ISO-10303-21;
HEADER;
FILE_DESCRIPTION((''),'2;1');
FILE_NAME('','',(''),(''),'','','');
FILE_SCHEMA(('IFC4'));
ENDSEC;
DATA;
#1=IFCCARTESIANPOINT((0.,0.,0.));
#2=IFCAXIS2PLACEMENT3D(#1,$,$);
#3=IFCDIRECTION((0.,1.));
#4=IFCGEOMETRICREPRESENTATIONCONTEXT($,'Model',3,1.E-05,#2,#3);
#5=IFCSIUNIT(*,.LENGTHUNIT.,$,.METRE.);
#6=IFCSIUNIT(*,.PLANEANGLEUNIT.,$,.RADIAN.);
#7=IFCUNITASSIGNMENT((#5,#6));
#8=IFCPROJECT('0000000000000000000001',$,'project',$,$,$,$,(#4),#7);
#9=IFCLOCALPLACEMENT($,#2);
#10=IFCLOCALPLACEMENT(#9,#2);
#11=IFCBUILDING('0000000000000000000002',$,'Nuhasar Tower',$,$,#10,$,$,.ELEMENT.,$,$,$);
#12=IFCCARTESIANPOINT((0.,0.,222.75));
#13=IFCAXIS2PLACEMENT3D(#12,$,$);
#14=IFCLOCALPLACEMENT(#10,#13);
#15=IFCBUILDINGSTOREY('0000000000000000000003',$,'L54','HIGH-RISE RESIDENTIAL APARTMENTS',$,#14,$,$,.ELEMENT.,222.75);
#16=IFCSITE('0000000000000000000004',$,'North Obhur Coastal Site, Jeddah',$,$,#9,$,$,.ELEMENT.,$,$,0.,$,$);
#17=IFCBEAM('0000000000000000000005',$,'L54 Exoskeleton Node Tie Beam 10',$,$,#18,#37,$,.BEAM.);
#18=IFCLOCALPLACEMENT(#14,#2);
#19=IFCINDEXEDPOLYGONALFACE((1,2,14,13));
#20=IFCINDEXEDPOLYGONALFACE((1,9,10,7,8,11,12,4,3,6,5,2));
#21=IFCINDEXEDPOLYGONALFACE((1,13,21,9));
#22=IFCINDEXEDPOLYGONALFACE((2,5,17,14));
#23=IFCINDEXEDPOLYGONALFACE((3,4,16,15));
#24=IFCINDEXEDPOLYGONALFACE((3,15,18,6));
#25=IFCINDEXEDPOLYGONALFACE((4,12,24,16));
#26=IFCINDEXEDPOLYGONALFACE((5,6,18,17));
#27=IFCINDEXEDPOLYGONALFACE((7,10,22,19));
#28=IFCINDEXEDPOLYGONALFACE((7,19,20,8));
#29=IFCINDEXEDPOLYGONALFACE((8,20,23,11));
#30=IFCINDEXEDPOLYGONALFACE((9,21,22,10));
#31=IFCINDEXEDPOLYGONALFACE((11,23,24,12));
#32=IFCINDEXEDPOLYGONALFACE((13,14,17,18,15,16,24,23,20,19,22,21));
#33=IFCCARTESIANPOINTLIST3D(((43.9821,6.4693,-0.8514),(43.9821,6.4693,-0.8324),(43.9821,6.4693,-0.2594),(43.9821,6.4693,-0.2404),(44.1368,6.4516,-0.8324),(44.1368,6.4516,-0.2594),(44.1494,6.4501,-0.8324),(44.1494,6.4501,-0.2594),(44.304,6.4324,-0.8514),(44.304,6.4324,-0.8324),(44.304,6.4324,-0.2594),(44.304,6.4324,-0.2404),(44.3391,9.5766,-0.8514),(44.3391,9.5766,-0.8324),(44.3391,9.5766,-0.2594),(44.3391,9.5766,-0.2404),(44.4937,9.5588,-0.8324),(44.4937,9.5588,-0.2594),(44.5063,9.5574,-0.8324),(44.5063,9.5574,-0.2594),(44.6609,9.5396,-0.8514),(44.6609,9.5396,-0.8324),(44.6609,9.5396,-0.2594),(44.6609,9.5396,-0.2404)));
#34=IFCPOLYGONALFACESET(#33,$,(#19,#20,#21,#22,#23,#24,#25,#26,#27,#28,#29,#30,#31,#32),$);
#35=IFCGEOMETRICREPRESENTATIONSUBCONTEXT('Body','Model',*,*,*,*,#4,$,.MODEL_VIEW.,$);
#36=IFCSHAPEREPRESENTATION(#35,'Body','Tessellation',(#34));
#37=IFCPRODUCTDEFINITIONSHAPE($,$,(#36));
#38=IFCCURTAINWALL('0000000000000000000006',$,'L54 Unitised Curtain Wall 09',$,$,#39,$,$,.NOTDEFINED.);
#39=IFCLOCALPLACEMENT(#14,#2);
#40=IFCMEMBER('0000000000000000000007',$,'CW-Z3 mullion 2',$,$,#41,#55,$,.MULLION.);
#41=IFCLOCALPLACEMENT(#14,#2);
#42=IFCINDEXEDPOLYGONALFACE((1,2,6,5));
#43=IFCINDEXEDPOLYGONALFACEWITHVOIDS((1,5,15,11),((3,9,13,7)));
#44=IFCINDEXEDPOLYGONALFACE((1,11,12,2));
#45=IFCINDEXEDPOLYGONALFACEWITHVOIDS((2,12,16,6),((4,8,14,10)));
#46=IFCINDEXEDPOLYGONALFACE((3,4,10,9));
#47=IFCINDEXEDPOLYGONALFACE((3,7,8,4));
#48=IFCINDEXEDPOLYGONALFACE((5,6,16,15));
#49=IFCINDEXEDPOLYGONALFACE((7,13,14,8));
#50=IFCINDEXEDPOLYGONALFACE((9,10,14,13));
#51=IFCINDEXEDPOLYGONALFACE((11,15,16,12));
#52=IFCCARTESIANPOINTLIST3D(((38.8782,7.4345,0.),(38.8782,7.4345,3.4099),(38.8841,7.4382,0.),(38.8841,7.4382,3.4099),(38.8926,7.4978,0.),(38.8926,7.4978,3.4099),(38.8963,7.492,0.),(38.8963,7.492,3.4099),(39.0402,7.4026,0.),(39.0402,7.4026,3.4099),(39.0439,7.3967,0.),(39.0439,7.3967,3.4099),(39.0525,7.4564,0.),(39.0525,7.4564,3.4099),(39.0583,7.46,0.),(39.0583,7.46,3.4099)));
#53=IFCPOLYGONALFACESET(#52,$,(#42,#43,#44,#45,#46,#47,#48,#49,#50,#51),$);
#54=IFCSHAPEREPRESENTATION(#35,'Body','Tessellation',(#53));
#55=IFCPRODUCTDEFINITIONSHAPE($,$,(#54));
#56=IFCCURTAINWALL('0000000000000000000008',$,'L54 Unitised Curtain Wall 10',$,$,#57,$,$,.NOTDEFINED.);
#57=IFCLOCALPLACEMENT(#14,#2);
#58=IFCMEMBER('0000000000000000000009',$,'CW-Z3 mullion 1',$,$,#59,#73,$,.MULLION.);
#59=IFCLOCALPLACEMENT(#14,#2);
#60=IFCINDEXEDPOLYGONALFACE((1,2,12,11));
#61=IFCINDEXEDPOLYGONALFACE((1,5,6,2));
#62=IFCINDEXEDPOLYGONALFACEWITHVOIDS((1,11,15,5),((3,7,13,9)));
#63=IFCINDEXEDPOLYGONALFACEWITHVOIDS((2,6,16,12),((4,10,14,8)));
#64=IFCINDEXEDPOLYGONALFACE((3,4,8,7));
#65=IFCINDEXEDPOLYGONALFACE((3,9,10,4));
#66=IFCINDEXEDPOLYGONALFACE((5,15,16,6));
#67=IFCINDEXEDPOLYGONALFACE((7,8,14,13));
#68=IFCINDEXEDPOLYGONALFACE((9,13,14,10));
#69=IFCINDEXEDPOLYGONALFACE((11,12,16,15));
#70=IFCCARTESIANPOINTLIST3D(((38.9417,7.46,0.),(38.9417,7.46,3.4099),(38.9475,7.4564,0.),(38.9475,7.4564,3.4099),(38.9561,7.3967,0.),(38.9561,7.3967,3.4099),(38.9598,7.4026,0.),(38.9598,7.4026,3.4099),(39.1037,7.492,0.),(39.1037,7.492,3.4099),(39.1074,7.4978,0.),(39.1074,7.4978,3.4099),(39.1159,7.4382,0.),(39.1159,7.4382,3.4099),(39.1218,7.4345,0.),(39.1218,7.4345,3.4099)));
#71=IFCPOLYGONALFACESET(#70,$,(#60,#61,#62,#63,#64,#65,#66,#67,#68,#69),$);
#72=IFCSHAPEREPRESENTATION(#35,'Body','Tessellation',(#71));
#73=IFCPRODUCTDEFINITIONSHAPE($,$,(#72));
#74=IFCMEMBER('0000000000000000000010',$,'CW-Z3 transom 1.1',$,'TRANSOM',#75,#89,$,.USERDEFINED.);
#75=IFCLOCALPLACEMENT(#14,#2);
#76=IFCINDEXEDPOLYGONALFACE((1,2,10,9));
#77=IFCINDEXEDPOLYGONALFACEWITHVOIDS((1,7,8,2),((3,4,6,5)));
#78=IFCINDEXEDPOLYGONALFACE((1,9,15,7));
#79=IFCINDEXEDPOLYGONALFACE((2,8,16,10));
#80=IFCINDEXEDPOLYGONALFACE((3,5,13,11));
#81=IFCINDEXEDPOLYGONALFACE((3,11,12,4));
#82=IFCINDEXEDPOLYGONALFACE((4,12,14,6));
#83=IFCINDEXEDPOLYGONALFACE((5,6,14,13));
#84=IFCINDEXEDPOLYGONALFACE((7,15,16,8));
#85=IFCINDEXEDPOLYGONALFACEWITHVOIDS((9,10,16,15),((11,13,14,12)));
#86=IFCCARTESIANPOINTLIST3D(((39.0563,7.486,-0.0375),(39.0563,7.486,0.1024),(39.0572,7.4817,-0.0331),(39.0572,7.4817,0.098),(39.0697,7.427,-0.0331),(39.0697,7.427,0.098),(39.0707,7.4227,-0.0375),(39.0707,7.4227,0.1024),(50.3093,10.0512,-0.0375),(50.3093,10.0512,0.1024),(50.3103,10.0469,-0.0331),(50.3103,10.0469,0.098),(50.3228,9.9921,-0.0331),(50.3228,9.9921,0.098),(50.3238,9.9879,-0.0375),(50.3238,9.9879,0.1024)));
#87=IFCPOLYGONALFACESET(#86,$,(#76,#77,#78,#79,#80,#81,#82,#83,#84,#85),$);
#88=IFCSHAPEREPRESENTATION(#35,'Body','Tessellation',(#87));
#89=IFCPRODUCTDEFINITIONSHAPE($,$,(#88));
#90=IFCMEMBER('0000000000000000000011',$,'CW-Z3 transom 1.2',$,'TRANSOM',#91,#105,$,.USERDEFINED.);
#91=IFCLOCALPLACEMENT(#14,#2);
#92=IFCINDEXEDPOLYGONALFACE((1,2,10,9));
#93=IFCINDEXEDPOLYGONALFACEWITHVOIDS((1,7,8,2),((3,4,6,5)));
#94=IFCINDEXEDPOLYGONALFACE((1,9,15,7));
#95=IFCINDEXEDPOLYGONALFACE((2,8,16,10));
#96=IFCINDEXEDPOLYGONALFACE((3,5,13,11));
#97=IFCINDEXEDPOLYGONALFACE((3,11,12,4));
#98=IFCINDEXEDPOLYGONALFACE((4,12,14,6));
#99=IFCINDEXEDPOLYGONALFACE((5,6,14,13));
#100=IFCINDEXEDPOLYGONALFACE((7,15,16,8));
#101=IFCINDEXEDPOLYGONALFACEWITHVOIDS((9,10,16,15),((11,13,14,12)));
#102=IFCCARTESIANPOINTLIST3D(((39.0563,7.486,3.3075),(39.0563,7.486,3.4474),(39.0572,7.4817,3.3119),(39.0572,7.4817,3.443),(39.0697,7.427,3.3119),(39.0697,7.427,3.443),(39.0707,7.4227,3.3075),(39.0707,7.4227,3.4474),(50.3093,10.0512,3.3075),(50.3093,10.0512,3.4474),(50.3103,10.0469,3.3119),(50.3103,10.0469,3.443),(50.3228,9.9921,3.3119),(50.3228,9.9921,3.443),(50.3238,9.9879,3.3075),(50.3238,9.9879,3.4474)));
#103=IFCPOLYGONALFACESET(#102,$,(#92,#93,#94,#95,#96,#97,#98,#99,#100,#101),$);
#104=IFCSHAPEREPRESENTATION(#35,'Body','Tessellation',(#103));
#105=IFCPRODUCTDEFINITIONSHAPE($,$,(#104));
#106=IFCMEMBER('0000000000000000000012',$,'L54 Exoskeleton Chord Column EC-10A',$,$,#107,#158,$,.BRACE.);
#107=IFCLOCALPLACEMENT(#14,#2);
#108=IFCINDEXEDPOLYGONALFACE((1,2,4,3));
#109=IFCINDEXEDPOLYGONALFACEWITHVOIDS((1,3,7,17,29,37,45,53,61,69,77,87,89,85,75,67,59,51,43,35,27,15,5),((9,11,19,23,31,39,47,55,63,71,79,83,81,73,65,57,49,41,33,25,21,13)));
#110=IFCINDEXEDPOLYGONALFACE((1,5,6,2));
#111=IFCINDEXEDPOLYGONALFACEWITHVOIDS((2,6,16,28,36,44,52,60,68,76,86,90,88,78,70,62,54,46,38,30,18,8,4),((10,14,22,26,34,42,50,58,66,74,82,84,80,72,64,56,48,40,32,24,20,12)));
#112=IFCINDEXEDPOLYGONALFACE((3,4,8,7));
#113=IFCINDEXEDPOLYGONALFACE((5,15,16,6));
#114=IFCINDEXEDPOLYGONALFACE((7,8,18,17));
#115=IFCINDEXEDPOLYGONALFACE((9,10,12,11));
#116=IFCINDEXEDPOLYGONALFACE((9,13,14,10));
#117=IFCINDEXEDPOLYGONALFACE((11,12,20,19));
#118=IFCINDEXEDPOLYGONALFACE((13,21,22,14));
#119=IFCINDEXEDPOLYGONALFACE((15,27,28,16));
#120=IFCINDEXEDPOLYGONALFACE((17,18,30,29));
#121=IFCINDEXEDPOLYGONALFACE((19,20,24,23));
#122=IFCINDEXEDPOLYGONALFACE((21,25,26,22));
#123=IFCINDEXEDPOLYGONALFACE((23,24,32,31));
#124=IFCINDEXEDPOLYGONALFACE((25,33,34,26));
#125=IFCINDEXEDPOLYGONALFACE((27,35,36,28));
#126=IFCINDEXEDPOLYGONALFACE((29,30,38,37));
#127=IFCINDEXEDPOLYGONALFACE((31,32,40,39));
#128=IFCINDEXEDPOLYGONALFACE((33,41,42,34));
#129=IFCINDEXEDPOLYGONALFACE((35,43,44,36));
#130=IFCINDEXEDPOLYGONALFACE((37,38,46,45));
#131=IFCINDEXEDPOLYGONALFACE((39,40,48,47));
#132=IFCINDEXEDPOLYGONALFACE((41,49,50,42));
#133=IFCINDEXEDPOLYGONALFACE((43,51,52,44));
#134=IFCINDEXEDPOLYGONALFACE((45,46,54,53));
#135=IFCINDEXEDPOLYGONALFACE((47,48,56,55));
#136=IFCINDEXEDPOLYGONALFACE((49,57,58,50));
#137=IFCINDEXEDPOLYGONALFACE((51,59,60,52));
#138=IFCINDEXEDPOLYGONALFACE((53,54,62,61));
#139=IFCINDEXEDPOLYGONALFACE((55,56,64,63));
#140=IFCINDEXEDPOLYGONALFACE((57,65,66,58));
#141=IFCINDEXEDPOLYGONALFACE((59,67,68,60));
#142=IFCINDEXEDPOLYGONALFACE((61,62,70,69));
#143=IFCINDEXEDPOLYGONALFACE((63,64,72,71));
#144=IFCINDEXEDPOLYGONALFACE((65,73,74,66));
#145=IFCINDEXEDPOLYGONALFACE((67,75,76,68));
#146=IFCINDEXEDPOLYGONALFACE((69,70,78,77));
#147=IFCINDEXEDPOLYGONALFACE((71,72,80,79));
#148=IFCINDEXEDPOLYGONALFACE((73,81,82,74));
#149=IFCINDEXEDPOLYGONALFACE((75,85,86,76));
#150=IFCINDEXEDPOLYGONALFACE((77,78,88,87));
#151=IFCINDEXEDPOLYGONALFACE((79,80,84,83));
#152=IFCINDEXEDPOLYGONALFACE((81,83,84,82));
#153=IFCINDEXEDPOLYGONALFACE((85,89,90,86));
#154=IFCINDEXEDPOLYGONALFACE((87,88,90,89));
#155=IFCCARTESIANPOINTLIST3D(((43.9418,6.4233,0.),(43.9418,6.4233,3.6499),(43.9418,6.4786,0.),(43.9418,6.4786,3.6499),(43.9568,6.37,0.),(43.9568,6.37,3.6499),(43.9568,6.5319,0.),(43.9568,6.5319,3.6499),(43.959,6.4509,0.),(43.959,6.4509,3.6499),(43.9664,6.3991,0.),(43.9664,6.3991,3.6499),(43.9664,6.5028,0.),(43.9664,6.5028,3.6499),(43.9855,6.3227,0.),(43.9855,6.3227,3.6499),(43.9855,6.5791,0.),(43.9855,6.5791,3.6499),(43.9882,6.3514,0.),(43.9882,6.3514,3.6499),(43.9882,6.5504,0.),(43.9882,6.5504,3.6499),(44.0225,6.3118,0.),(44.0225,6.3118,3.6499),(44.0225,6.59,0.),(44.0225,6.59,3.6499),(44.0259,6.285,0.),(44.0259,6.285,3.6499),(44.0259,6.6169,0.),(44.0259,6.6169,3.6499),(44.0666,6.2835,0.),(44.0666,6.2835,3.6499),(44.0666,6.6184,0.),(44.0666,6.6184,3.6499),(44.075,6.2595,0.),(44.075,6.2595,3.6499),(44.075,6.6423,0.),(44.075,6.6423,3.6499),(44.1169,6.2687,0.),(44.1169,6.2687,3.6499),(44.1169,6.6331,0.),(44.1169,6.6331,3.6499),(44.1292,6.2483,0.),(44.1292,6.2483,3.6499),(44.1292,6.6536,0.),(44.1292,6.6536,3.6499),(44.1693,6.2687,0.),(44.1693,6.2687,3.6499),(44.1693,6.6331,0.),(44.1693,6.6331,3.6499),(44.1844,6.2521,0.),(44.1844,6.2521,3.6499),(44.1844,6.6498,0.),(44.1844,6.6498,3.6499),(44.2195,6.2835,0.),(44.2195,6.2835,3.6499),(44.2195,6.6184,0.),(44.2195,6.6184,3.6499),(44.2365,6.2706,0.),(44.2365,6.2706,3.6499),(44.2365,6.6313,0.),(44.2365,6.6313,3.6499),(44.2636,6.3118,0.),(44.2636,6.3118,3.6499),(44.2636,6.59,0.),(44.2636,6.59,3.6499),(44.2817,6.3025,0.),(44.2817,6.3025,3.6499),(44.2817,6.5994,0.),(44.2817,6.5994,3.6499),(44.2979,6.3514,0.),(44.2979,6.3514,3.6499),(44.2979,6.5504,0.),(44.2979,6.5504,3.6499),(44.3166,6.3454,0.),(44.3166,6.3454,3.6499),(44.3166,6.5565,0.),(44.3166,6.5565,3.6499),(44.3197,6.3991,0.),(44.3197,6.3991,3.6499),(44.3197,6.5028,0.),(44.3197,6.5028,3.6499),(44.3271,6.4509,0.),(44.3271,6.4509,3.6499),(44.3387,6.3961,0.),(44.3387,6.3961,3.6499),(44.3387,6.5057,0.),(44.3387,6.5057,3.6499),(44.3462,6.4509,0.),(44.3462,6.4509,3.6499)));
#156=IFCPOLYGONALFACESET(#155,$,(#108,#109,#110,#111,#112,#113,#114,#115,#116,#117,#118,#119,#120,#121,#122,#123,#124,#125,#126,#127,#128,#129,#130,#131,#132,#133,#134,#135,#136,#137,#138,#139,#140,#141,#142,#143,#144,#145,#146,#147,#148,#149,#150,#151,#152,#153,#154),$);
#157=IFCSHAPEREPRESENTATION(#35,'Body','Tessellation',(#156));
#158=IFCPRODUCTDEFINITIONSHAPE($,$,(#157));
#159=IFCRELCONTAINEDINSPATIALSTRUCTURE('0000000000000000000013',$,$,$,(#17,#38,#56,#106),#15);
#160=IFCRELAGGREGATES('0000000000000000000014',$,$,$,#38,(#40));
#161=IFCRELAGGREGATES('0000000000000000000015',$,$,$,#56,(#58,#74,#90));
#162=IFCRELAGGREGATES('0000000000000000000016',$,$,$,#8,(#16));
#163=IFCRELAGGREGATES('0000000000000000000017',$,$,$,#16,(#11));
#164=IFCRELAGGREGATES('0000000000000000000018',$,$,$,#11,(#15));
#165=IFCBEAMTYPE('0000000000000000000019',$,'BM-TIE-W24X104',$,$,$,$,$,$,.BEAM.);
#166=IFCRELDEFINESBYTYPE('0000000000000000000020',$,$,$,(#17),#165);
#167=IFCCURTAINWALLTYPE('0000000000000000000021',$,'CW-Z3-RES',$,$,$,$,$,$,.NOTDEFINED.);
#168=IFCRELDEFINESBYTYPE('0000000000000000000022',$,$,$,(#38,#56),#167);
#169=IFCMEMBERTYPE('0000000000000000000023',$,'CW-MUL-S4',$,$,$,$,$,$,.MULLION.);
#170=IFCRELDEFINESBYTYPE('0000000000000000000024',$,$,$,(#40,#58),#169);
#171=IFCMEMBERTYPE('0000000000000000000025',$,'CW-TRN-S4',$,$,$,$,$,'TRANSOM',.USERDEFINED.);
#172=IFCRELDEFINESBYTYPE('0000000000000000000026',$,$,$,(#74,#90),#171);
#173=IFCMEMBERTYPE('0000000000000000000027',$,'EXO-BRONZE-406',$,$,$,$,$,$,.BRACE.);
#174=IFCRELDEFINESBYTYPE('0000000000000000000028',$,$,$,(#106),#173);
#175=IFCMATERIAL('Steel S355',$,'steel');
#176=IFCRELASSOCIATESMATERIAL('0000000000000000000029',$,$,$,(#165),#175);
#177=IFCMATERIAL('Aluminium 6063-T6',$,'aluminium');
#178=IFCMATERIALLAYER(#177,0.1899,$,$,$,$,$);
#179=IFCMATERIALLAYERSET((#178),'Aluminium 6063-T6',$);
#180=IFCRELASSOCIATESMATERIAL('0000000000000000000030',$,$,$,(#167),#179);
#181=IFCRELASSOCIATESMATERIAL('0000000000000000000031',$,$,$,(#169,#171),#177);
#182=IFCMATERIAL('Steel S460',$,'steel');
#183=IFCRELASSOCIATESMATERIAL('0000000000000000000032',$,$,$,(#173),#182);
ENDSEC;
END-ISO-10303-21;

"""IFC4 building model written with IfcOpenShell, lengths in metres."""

from ifc_helpers import new_model, si_unit, direction, frame, origin, origin_2d, place, context, subcontext, project, spatial, hollow_rectangle, hollow_circle, i_section, extrude, material, layer, layer_set, material_profile, profile_set, type_object, element, aggregate, save


model = new_model("IFC4")

# Units and contexts
model_context = context("Model", 3, precision=1e-05, world=origin(), true_north=direction((0.0, 1.0)))
body_context = subcontext(model_context, "Body", "Model", "MODEL_VIEW")
ifc_project = project(units=[si_unit("LENGTHUNIT", "METRE"), si_unit("PLANEANGLEUNIT", "RADIAN")], contexts=[model_context])

# Site, building, storey
site_placement = place(None, origin())
site = spatial("IfcSite", under=ifc_project, at=site_placement, Name="North Obhur Coastal Site, Jeddah", CompositionType="ELEMENT", RefElevation=0.0)
building_placement = place(site_placement, origin())
building = spatial("IfcBuilding", under=site, at=building_placement, Name="Nuhasar Tower", CompositionType="ELEMENT")
storey_placement = place(building_placement, frame((0.0, 0.0, 222.75)))
storey = spatial("IfcBuildingStorey", under=building, at=storey_placement, Name="L54", Description="HIGH-RISE RESIDENTIAL APARTMENTS", CompositionType="ELEMENT", Elevation=222.75)

# Beam
ifc_material_1 = material(Name="Steel S355", Category="steel")
ifc_material_profile_1 = material_profile(ifc_material_1, i_section(OverallWidth=0.324, OverallDepth=0.6111, WebThickness=0.0127, FlangeThickness=0.019, at=origin_2d()), Name="W24X104")
ifc_profile_set_1 = profile_set([ifc_material_profile_1], Name="Steel S355")
beam_type_1 = type_object("IfcBeamType", Name="BM-TIE-W24X104", PredefinedType="BEAM", material=ifc_profile_set_1)
beam_1_placement = place(storey_placement, frame((44.5, 9.5581, -0.5459), z_axis=(-0.114123, -0.993467, 0.0), x_axis=(0.993467, -0.114123, 0.0)))
element("IfcBeam", 1, at=beam_1_placement, inside=storey, type_object=beam_type_1, Name="L54 Exoskeleton Node Tie Beam 10", PredefinedType="BEAM", context=body_context, shape_type="SweptSolid", body=[
    extrude(i_section(OverallWidth=0.324, OverallDepth=0.6111, WebThickness=0.0127, FlangeThickness=0.019, at=origin_2d()), origin(), (0.0, 0.0, 1.0), 3.1277),
])

# Curtain wall, member
ifc_material_2 = material(Name="Aluminium 6063-T6", Category="aluminium")
ifc_layer_1 = layer(ifc_material_2, 0.1899)
ifc_layer_set_1 = layer_set([ifc_layer_1], Name="Aluminium 6063-T6")
curtain_wall_type = type_object("IfcCurtainWallType", Name="CW-Z3-RES", PredefinedType="NOTDEFINED", material=ifc_layer_set_1)
curtain_wall_1_placement = place(storey_placement, origin())
curtain_wall_1 = element("IfcCurtainWall", 2, at=curtain_wall_1_placement, inside=storey, type_object=curtain_wall_type, Name="L54 Unitised Curtain Wall 09", PredefinedType="NOTDEFINED")
ifc_material_profile_2 = material_profile(ifc_material_2, hollow_rectangle(XDim=0.0649, YDim=0.1699, WallThickness=0.0049, at=origin_2d()), Name="CWM-4")
ifc_profile_set_2 = profile_set([ifc_material_profile_2], Name="Aluminium 6063-T6")
member_type_1 = type_object("IfcMemberType", Name="CW-MUL-S4", PredefinedType="MULLION", material=ifc_profile_set_2)
member_1_placement = place(storey_placement, frame((38.9683, 7.4473, 0.0), z_axis=(0.0, 0.0, 1.0), x_axis=(0.222243, 0.974991, 0.0)))
member_1 = element("IfcMember", 3, at=member_1_placement, type_object=member_type_1, Name="CW-Z3 mullion 2", PredefinedType="MULLION", context=body_context, shape_type="SweptSolid", body=[
    extrude(hollow_rectangle(XDim=0.0649, YDim=0.1699, WallThickness=0.0049, at=origin_2d()), origin(), (0.0, 0.0, 1.0), 3.4099),
])
aggregate(curtain_wall_1, [member_1])

# Curtain wall, members
curtain_wall_2_placement = place(storey_placement, origin())
curtain_wall_2 = element("IfcCurtainWall", 4, at=curtain_wall_2_placement, inside=storey, type_object=curtain_wall_type, Name="L54 Unitised Curtain Wall 10", PredefinedType="NOTDEFINED")
member_2_placement = place(storey_placement, frame((39.0317, 7.4473, 0.0), z_axis=(0.0, 0.0, 1.0), x_axis=(-0.222243, 0.974991, 0.0)))
member_2 = element("IfcMember", 5, at=member_2_placement, type_object=member_type_1, Name="CW-Z3 mullion 1", PredefinedType="MULLION", context=body_context, shape_type="SweptSolid", body=[
    extrude(hollow_rectangle(XDim=0.0649, YDim=0.1699, WallThickness=0.0049, at=origin_2d()), origin(), (0.0, 0.0, 1.0), 3.4099),
])
ifc_material_profile_3 = material_profile(ifc_material_2, hollow_rectangle(XDim=0.0649, YDim=0.1399, WallThickness=0.0044, at=origin_2d()), Name="CWT-4")
ifc_profile_set_3 = profile_set([ifc_material_profile_3], Name="Aluminium 6063-T6")
member_type_2 = type_object("IfcMemberType", Name="CW-TRN-S4", ElementType="TRANSOM", PredefinedType="USERDEFINED", material=ifc_profile_set_3)
member_3_placement = place(storey_placement, frame((39.0635, 7.4543, 0.0325), z_axis=(0.974989, 0.222251, 0.0), x_axis=(-0.222251, 0.974989, 0.0)))
member_3 = element("IfcMember", 6, at=member_3_placement, type_object=member_type_2, Name="CW-Z3 transom 1.1", ObjectType="TRANSOM", PredefinedType="USERDEFINED", context=body_context, shape_type="SweptSolid", body=[
    extrude(hollow_rectangle(XDim=0.0649, YDim=0.1399, WallThickness=0.0044, at=origin_2d()), origin(), (0.0, 0.0, 1.0), 11.5417),
])
member_4_placement = place(storey_placement, frame((39.0635, 7.4543, 3.3774), z_axis=(0.974989, 0.222251, 0.0), x_axis=(-0.222251, 0.974989, 0.0)))
member_4 = element("IfcMember", 7, at=member_4_placement, type_object=member_type_2, Name="CW-Z3 transom 1.2", ObjectType="TRANSOM", PredefinedType="USERDEFINED", context=body_context, shape_type="SweptSolid", body=[
    extrude(hollow_rectangle(XDim=0.0649, YDim=0.1399, WallThickness=0.0044, at=origin_2d()), origin(), (0.0, 0.0, 1.0), 11.5417),
])

# Member
ifc_material_3 = material(Name="Steel S460", Category="steel")
ifc_material_profile_4 = material_profile(ifc_material_3, hollow_circle(Radius=0.2031, WallThickness=0.019, at=origin_2d()), Name="HSS406.4X19.1")
ifc_profile_set_4 = profile_set([ifc_material_profile_4], Name="Steel S460")
member_type_3 = type_object("IfcMemberType", Name="EXO-BRONZE-406", PredefinedType="BRACE", material=ifc_profile_set_4)
member_5_placement = place(storey_placement, frame((44.1431, 6.4509, 0.0), z_axis=(0.0, 0.0, 1.0), x_axis=(1.0, 0.0, 0.0)))
element("IfcMember", 8, at=member_5_placement, inside=storey, type_object=member_type_3, Name="L54 Exoskeleton Chord Column EC-10A", PredefinedType="BRACE", context=body_context, shape_type="SweptSolid", body=[
    extrude(hollow_circle(Radius=0.2031, WallThickness=0.019, at=origin_2d()), origin(), (0.0, 0.0, 1.0), 3.6499),
])

aggregate(curtain_wall_2, [member_2, member_3, member_4])

save(model, "model.ifc")
